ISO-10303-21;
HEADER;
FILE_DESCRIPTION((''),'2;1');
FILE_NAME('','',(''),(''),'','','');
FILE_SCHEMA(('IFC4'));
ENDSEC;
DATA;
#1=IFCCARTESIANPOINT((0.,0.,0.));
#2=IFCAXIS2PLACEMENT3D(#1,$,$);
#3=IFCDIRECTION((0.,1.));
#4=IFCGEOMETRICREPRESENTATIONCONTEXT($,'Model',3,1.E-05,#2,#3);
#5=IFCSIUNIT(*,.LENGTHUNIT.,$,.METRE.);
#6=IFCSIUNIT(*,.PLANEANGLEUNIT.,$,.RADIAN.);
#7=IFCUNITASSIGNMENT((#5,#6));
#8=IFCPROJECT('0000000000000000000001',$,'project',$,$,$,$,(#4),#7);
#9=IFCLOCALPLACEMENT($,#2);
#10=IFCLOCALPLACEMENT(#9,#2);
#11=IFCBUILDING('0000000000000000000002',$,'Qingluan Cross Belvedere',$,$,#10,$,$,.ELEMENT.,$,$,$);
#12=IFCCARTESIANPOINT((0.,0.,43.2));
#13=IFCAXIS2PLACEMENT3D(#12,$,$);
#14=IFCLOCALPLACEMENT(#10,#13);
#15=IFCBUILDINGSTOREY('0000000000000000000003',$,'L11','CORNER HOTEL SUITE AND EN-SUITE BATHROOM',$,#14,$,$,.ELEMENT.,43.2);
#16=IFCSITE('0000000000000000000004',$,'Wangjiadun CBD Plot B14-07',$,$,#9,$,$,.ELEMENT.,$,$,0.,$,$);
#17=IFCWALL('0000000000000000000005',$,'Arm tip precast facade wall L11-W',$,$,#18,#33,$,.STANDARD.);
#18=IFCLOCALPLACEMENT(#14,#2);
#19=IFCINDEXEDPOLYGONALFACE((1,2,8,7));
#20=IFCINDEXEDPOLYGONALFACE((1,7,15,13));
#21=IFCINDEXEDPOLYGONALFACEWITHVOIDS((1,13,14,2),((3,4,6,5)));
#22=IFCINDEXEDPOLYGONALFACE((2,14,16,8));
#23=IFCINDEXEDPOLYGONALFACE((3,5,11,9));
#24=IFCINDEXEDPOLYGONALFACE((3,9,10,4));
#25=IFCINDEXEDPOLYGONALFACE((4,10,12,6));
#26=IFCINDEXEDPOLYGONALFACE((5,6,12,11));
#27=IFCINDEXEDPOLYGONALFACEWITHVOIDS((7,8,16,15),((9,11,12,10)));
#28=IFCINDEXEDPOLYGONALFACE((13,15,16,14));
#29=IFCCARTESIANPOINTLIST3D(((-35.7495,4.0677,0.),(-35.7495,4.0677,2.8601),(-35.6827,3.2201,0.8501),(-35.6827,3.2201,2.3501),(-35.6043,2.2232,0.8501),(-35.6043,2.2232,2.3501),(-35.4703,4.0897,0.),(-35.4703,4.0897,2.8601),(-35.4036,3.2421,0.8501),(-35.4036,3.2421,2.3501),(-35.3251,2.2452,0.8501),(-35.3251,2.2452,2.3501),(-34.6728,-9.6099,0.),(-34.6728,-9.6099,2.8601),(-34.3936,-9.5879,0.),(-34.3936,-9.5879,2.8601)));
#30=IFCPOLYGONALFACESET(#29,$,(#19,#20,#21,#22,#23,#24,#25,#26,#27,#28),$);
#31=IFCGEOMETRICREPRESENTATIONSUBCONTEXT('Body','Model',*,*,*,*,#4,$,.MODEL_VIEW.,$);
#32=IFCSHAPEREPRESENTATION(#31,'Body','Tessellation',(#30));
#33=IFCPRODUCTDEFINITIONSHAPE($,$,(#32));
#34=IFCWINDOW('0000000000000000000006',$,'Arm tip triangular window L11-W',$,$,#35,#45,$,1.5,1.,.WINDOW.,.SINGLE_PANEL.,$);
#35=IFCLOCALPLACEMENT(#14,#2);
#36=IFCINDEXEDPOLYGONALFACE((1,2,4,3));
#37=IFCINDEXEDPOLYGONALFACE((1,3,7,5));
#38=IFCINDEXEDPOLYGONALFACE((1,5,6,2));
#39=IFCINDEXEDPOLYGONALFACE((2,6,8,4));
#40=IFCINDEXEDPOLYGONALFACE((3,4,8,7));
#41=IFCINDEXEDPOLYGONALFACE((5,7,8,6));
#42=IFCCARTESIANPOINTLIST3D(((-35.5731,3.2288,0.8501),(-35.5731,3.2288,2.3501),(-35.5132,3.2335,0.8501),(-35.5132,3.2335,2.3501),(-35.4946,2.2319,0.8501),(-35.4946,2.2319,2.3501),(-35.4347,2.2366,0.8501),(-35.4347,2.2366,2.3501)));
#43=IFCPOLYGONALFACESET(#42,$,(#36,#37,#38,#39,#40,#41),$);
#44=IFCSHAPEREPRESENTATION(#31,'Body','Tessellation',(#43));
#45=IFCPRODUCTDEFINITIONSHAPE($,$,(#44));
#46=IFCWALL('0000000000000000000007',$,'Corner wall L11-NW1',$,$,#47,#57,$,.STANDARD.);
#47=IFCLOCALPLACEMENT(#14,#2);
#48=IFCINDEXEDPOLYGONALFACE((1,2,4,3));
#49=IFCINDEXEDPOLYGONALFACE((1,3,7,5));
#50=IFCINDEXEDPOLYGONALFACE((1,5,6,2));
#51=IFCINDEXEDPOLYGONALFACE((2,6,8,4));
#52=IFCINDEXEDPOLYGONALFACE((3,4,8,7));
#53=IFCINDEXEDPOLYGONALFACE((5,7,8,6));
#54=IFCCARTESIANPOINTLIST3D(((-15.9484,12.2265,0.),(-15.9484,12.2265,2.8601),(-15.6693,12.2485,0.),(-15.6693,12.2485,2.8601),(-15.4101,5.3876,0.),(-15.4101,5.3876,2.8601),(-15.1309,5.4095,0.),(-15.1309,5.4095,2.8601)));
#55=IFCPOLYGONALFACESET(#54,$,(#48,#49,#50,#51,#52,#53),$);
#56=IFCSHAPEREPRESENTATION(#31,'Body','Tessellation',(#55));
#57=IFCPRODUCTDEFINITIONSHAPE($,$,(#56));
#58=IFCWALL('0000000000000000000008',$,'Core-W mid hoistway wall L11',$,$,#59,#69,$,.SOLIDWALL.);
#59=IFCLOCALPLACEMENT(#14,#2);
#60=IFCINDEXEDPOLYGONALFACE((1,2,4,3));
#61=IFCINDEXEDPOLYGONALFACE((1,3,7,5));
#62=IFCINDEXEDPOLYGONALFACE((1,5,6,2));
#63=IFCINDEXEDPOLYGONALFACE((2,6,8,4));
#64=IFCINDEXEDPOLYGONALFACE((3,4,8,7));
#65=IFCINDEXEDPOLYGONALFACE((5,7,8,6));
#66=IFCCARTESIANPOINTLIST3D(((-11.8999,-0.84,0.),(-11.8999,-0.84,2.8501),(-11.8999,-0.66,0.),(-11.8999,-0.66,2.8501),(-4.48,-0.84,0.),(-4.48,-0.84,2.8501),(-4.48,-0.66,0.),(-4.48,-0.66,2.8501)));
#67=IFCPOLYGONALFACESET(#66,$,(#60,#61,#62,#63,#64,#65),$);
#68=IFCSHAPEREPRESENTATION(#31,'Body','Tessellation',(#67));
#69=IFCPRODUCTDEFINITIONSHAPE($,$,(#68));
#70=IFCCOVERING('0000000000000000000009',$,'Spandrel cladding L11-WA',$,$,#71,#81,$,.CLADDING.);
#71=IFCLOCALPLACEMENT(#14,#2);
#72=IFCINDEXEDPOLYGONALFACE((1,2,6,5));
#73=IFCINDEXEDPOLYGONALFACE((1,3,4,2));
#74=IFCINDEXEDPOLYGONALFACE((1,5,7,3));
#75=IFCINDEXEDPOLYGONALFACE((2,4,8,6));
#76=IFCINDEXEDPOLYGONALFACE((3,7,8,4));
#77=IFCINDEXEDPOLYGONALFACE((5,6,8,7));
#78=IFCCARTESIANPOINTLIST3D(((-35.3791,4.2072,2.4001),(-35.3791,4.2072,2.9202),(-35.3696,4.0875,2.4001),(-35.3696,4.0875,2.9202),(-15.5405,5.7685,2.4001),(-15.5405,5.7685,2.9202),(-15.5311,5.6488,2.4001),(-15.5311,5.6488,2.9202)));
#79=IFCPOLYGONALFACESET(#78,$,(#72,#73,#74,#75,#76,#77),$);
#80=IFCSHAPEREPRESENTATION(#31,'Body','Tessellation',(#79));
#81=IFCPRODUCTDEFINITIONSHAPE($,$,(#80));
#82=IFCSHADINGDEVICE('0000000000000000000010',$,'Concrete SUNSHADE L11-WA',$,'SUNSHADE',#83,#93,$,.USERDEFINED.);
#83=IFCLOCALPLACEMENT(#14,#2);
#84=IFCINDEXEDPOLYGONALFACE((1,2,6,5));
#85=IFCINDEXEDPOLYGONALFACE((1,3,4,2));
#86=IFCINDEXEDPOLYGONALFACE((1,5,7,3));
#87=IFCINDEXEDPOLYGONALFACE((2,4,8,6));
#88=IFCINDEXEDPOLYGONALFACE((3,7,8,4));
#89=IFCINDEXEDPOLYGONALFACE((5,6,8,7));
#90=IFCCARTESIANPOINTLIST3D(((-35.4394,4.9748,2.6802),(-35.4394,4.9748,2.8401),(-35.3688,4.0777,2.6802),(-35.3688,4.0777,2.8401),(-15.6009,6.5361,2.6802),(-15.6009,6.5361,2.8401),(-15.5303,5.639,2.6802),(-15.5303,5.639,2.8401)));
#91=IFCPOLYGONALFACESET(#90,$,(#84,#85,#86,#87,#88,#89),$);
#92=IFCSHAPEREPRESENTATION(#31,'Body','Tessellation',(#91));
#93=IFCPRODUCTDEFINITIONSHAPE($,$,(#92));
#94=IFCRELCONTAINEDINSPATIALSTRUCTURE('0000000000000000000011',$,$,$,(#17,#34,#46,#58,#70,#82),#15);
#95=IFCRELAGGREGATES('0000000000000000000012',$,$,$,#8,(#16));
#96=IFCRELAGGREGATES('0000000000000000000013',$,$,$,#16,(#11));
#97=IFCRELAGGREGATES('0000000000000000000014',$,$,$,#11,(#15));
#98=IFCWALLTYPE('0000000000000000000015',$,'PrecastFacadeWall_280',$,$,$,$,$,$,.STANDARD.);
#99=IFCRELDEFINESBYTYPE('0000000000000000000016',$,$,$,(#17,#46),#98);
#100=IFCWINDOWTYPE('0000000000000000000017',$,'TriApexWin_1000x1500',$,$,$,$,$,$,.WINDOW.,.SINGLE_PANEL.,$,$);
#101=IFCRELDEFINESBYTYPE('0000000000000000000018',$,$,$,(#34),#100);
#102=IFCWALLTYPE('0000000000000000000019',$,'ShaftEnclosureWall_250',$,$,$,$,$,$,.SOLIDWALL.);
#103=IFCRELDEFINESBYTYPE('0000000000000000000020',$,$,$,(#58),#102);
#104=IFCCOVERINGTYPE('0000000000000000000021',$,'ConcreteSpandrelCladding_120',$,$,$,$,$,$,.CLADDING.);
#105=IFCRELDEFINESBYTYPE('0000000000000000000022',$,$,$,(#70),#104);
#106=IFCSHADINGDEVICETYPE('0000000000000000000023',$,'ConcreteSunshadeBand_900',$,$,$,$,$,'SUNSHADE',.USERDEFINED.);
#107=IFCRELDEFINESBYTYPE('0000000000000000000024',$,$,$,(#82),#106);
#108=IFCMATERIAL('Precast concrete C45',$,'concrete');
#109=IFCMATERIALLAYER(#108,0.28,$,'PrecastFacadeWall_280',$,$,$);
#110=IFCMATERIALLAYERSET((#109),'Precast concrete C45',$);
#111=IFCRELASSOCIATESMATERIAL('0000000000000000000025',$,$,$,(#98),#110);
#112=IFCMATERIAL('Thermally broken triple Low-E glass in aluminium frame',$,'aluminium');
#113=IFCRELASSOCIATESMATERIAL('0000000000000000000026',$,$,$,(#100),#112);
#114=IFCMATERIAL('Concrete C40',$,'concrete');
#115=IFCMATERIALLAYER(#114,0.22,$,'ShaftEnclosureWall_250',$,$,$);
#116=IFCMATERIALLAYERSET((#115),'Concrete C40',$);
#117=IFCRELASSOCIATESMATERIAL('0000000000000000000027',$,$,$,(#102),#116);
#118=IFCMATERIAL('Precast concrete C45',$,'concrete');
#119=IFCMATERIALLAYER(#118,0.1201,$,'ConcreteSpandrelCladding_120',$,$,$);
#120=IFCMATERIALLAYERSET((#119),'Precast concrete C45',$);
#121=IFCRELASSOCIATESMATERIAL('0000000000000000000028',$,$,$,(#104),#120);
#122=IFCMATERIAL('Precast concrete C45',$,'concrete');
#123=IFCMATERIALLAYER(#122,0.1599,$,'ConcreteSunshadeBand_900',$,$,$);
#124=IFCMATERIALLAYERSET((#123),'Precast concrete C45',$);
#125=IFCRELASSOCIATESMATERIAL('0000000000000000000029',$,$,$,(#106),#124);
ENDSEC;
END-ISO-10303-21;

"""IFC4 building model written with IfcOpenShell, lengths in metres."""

from ifc_helpers import new_model, si_unit, direction, frame, frame_2d, origin, origin_2d, place, context, subcontext, project, spatial, rectangle, extrude, material, layer, layer_set, type_object, element, fill, save


model = new_model("IFC4")

# Units and contexts
model_context = context("Model", 3, precision=1e-05, world=origin(), true_north=direction((0.0, 1.0)))
body_context = subcontext(model_context, "Body", "Model", "MODEL_VIEW")
ifc_project = project(units=[si_unit("LENGTHUNIT", "METRE"), si_unit("PLANEANGLEUNIT", "RADIAN")], contexts=[model_context])

# Site, building, storey
site_placement = place(None, origin())
site = spatial("IfcSite", under=ifc_project, at=site_placement, Name="Wangjiadun CBD Plot B14-07", CompositionType="ELEMENT", RefElevation=0.0)
building_placement = place(site_placement, origin())
building = spatial("IfcBuilding", under=site, at=building_placement, Name="Qingluan Cross Belvedere", CompositionType="ELEMENT")
storey_placement = place(building_placement, frame((0.0, 0.0, 43.2)))
storey = spatial("IfcBuildingStorey", under=building, at=storey_placement, Name="L11", Description="CORNER HOTEL SUITE AND EN-SUITE BATHROOM", CompositionType="ELEMENT", Elevation=43.2)

# Shared definitions
ifc_material_1 = material(Name="Precast concrete C45", Category="concrete")
ifc_layer_1 = layer(ifc_material_1, 0.28, Name="PrecastFacadeWall_280")
ifc_layer_set_1 = layer_set([ifc_layer_1], Name="Precast concrete C45")
wall_type_1 = type_object("IfcWallType", Name="PrecastFacadeWall_280", PredefinedType="STANDARD", material=ifc_layer_set_1)

# Wall, opening, window
wall_1_placement = place(storey_placement, frame((-35.6099, 4.0786, 0.0), z_axis=(0.0, 0.0, 1.0), x_axis=(0.078474, -0.996916, 0.0)))
wall_1 = element("IfcWall", 1, at=wall_1_placement, inside=storey, type_object=wall_type_1, Name="Arm tip precast facade wall L11-W", PredefinedType="STANDARD", context=body_context, shape_type="SweptSolid", body=[
    extrude(rectangle(XDim=13.72, YDim=0.28, at=frame_2d((6.8599, 0.0))), origin(), (0.0, 0.0, 1.0), 2.8601),
])
opening_1_placement = place(wall_1_placement, frame((0.8501, 0.0, 0.8501)))
opening_1 = element("IfcOpeningElement", 2, at=opening_1_placement, cuts=wall_1, PredefinedType="OPENING", context=body_context, shape_type="SweptSolid", body=[
    extrude(rectangle(XDim=1.0, YDim=1.5, at=frame_2d((0.5, 0.75))), frame((0.0, 0.1499, 0.0), z_axis=(0.0, -1.0, 0.0), x_axis=(1.0, 0.0, 0.0)), (0.0, 0.0, 1.0), 0.3),
])
ifc_material_2 = material(Name="Thermally broken triple Low-E glass in aluminium frame", Category="aluminium")
window_type_1 = type_object("IfcWindowType", Name="TriApexWin_1000x1500", PartitioningType="SINGLE_PANEL", PredefinedType="WINDOW", material=ifc_material_2)
window_1_placement = place(opening_1_placement, origin())
window_1 = element("IfcWindow", 3, at=window_1_placement, inside=storey, type_object=window_type_1, Name="Arm tip triangular window L11-W", OverallHeight=1.5, OverallWidth=1.0, PartitioningType="SINGLE_PANEL", PredefinedType="WINDOW", context=body_context, shape_type="SweptSolid", body=[
    extrude(rectangle(XDim=1.0, YDim=1.5, at=frame_2d((0.5, 0.75))), frame((0.0, 0.03, 0.0), z_axis=(0.0, -1.0, 0.0), x_axis=(1.0, 0.0, 0.0)), (0.0, 0.0, 1.0), 0.0601),
])
fill(opening_1, window_1)

# Walls
wall_2_placement = place(storey_placement, frame((-15.2705, 5.3984, 0.0), z_axis=(0.0, 0.0, 1.0), x_axis=(-0.078474, 0.996916, 0.0)))
element("IfcWall", 4, at=wall_2_placement, inside=storey, type_object=wall_type_1, Name="Corner wall L11-NW1", PredefinedType="STANDARD", context=body_context, shape_type="SweptSolid", body=[
    extrude(rectangle(XDim=6.8601, YDim=0.28, at=frame_2d((3.4302, 0.0))), origin(), (0.0, 0.0, 1.0), 2.8601),
])
ifc_material_3 = material(Name="Concrete C40", Category="concrete")
ifc_layer_2 = layer(ifc_material_3, 0.22, Name="ShaftEnclosureWall_250")
ifc_layer_set_2 = layer_set([ifc_layer_2], Name="Concrete C40")
wall_type_2 = type_object("IfcWallType", Name="ShaftEnclosureWall_250", PredefinedType="SOLIDWALL", material=ifc_layer_set_2)
wall_3_placement = place(storey_placement, frame((-11.8999, -0.75, 0.0), z_axis=(0.0, 0.0, 1.0), x_axis=(1.0, 0.0, 0.0)))
element("IfcWall", 5, at=wall_3_placement, inside=storey, type_object=wall_type_2, Name="Core-W mid hoistway wall L11", PredefinedType="SOLIDWALL", context=body_context, shape_type="SweptSolid", body=[
    extrude(rectangle(XDim=7.4199, YDim=0.1799, at=frame_2d((3.71, 0.0))), origin(), (0.0, 0.0, 1.0), 2.8501),
])

# Covering
ifc_material_4 = material(Name="Precast concrete C45", Category="concrete")
ifc_layer_3 = layer(ifc_material_4, 0.1201, Name="ConcreteSpandrelCladding_120")
ifc_layer_set_3 = layer_set([ifc_layer_3], Name="Precast concrete C45")
covering_type = type_object("IfcCoveringType", Name="ConcreteSpandrelCladding_120", PredefinedType="CLADDING", material=ifc_layer_set_3)
covering_placement = place(storey_placement, frame((-25.4551, 4.928, 2.4001), z_axis=(0.0, 0.0, 1.0), x_axis=(-0.996917, -0.078458, 0.0)))
element("IfcCovering", 6, at=covering_placement, inside=storey, type_object=covering_type, Name="Spandrel cladding L11-WA", PredefinedType="CLADDING", context=body_context, shape_type="SweptSolid", body=[
    extrude(rectangle(XDim=19.8999, YDim=0.1201, at=origin_2d()), origin(), (0.0, 0.0, 1.0), 0.52),
])

# Shading device
ifc_material_5 = material(Name="Precast concrete C45", Category="concrete")
ifc_layer_4 = layer(ifc_material_5, 0.1599, Name="ConcreteSunshadeBand_900")
ifc_layer_set_4 = layer_set([ifc_layer_4], Name="Precast concrete C45")
shading_device_type = type_object("IfcShadingDeviceType", Name="ConcreteSunshadeBand_900", ElementType="SUNSHADE", PredefinedType="USERDEFINED", material=ifc_layer_set_4)
shading_device_placement = place(storey_placement, frame((-25.4849, 5.3069, 2.6802), z_axis=(0.0, 0.0, 1.0), x_axis=(-0.996917, -0.078458, 0.0)))
element("IfcShadingDevice", 7, at=shading_device_placement, inside=storey, type_object=shading_device_type, Name="Concrete SUNSHADE L11-WA", ObjectType="SUNSHADE", PredefinedType="USERDEFINED", context=body_context, shape_type="SweptSolid", body=[
    extrude(rectangle(XDim=19.8999, YDim=0.8999, at=origin_2d()), origin(), (0.0, 0.0, 1.0), 0.1599),
])

save(model, "model.ifc")
